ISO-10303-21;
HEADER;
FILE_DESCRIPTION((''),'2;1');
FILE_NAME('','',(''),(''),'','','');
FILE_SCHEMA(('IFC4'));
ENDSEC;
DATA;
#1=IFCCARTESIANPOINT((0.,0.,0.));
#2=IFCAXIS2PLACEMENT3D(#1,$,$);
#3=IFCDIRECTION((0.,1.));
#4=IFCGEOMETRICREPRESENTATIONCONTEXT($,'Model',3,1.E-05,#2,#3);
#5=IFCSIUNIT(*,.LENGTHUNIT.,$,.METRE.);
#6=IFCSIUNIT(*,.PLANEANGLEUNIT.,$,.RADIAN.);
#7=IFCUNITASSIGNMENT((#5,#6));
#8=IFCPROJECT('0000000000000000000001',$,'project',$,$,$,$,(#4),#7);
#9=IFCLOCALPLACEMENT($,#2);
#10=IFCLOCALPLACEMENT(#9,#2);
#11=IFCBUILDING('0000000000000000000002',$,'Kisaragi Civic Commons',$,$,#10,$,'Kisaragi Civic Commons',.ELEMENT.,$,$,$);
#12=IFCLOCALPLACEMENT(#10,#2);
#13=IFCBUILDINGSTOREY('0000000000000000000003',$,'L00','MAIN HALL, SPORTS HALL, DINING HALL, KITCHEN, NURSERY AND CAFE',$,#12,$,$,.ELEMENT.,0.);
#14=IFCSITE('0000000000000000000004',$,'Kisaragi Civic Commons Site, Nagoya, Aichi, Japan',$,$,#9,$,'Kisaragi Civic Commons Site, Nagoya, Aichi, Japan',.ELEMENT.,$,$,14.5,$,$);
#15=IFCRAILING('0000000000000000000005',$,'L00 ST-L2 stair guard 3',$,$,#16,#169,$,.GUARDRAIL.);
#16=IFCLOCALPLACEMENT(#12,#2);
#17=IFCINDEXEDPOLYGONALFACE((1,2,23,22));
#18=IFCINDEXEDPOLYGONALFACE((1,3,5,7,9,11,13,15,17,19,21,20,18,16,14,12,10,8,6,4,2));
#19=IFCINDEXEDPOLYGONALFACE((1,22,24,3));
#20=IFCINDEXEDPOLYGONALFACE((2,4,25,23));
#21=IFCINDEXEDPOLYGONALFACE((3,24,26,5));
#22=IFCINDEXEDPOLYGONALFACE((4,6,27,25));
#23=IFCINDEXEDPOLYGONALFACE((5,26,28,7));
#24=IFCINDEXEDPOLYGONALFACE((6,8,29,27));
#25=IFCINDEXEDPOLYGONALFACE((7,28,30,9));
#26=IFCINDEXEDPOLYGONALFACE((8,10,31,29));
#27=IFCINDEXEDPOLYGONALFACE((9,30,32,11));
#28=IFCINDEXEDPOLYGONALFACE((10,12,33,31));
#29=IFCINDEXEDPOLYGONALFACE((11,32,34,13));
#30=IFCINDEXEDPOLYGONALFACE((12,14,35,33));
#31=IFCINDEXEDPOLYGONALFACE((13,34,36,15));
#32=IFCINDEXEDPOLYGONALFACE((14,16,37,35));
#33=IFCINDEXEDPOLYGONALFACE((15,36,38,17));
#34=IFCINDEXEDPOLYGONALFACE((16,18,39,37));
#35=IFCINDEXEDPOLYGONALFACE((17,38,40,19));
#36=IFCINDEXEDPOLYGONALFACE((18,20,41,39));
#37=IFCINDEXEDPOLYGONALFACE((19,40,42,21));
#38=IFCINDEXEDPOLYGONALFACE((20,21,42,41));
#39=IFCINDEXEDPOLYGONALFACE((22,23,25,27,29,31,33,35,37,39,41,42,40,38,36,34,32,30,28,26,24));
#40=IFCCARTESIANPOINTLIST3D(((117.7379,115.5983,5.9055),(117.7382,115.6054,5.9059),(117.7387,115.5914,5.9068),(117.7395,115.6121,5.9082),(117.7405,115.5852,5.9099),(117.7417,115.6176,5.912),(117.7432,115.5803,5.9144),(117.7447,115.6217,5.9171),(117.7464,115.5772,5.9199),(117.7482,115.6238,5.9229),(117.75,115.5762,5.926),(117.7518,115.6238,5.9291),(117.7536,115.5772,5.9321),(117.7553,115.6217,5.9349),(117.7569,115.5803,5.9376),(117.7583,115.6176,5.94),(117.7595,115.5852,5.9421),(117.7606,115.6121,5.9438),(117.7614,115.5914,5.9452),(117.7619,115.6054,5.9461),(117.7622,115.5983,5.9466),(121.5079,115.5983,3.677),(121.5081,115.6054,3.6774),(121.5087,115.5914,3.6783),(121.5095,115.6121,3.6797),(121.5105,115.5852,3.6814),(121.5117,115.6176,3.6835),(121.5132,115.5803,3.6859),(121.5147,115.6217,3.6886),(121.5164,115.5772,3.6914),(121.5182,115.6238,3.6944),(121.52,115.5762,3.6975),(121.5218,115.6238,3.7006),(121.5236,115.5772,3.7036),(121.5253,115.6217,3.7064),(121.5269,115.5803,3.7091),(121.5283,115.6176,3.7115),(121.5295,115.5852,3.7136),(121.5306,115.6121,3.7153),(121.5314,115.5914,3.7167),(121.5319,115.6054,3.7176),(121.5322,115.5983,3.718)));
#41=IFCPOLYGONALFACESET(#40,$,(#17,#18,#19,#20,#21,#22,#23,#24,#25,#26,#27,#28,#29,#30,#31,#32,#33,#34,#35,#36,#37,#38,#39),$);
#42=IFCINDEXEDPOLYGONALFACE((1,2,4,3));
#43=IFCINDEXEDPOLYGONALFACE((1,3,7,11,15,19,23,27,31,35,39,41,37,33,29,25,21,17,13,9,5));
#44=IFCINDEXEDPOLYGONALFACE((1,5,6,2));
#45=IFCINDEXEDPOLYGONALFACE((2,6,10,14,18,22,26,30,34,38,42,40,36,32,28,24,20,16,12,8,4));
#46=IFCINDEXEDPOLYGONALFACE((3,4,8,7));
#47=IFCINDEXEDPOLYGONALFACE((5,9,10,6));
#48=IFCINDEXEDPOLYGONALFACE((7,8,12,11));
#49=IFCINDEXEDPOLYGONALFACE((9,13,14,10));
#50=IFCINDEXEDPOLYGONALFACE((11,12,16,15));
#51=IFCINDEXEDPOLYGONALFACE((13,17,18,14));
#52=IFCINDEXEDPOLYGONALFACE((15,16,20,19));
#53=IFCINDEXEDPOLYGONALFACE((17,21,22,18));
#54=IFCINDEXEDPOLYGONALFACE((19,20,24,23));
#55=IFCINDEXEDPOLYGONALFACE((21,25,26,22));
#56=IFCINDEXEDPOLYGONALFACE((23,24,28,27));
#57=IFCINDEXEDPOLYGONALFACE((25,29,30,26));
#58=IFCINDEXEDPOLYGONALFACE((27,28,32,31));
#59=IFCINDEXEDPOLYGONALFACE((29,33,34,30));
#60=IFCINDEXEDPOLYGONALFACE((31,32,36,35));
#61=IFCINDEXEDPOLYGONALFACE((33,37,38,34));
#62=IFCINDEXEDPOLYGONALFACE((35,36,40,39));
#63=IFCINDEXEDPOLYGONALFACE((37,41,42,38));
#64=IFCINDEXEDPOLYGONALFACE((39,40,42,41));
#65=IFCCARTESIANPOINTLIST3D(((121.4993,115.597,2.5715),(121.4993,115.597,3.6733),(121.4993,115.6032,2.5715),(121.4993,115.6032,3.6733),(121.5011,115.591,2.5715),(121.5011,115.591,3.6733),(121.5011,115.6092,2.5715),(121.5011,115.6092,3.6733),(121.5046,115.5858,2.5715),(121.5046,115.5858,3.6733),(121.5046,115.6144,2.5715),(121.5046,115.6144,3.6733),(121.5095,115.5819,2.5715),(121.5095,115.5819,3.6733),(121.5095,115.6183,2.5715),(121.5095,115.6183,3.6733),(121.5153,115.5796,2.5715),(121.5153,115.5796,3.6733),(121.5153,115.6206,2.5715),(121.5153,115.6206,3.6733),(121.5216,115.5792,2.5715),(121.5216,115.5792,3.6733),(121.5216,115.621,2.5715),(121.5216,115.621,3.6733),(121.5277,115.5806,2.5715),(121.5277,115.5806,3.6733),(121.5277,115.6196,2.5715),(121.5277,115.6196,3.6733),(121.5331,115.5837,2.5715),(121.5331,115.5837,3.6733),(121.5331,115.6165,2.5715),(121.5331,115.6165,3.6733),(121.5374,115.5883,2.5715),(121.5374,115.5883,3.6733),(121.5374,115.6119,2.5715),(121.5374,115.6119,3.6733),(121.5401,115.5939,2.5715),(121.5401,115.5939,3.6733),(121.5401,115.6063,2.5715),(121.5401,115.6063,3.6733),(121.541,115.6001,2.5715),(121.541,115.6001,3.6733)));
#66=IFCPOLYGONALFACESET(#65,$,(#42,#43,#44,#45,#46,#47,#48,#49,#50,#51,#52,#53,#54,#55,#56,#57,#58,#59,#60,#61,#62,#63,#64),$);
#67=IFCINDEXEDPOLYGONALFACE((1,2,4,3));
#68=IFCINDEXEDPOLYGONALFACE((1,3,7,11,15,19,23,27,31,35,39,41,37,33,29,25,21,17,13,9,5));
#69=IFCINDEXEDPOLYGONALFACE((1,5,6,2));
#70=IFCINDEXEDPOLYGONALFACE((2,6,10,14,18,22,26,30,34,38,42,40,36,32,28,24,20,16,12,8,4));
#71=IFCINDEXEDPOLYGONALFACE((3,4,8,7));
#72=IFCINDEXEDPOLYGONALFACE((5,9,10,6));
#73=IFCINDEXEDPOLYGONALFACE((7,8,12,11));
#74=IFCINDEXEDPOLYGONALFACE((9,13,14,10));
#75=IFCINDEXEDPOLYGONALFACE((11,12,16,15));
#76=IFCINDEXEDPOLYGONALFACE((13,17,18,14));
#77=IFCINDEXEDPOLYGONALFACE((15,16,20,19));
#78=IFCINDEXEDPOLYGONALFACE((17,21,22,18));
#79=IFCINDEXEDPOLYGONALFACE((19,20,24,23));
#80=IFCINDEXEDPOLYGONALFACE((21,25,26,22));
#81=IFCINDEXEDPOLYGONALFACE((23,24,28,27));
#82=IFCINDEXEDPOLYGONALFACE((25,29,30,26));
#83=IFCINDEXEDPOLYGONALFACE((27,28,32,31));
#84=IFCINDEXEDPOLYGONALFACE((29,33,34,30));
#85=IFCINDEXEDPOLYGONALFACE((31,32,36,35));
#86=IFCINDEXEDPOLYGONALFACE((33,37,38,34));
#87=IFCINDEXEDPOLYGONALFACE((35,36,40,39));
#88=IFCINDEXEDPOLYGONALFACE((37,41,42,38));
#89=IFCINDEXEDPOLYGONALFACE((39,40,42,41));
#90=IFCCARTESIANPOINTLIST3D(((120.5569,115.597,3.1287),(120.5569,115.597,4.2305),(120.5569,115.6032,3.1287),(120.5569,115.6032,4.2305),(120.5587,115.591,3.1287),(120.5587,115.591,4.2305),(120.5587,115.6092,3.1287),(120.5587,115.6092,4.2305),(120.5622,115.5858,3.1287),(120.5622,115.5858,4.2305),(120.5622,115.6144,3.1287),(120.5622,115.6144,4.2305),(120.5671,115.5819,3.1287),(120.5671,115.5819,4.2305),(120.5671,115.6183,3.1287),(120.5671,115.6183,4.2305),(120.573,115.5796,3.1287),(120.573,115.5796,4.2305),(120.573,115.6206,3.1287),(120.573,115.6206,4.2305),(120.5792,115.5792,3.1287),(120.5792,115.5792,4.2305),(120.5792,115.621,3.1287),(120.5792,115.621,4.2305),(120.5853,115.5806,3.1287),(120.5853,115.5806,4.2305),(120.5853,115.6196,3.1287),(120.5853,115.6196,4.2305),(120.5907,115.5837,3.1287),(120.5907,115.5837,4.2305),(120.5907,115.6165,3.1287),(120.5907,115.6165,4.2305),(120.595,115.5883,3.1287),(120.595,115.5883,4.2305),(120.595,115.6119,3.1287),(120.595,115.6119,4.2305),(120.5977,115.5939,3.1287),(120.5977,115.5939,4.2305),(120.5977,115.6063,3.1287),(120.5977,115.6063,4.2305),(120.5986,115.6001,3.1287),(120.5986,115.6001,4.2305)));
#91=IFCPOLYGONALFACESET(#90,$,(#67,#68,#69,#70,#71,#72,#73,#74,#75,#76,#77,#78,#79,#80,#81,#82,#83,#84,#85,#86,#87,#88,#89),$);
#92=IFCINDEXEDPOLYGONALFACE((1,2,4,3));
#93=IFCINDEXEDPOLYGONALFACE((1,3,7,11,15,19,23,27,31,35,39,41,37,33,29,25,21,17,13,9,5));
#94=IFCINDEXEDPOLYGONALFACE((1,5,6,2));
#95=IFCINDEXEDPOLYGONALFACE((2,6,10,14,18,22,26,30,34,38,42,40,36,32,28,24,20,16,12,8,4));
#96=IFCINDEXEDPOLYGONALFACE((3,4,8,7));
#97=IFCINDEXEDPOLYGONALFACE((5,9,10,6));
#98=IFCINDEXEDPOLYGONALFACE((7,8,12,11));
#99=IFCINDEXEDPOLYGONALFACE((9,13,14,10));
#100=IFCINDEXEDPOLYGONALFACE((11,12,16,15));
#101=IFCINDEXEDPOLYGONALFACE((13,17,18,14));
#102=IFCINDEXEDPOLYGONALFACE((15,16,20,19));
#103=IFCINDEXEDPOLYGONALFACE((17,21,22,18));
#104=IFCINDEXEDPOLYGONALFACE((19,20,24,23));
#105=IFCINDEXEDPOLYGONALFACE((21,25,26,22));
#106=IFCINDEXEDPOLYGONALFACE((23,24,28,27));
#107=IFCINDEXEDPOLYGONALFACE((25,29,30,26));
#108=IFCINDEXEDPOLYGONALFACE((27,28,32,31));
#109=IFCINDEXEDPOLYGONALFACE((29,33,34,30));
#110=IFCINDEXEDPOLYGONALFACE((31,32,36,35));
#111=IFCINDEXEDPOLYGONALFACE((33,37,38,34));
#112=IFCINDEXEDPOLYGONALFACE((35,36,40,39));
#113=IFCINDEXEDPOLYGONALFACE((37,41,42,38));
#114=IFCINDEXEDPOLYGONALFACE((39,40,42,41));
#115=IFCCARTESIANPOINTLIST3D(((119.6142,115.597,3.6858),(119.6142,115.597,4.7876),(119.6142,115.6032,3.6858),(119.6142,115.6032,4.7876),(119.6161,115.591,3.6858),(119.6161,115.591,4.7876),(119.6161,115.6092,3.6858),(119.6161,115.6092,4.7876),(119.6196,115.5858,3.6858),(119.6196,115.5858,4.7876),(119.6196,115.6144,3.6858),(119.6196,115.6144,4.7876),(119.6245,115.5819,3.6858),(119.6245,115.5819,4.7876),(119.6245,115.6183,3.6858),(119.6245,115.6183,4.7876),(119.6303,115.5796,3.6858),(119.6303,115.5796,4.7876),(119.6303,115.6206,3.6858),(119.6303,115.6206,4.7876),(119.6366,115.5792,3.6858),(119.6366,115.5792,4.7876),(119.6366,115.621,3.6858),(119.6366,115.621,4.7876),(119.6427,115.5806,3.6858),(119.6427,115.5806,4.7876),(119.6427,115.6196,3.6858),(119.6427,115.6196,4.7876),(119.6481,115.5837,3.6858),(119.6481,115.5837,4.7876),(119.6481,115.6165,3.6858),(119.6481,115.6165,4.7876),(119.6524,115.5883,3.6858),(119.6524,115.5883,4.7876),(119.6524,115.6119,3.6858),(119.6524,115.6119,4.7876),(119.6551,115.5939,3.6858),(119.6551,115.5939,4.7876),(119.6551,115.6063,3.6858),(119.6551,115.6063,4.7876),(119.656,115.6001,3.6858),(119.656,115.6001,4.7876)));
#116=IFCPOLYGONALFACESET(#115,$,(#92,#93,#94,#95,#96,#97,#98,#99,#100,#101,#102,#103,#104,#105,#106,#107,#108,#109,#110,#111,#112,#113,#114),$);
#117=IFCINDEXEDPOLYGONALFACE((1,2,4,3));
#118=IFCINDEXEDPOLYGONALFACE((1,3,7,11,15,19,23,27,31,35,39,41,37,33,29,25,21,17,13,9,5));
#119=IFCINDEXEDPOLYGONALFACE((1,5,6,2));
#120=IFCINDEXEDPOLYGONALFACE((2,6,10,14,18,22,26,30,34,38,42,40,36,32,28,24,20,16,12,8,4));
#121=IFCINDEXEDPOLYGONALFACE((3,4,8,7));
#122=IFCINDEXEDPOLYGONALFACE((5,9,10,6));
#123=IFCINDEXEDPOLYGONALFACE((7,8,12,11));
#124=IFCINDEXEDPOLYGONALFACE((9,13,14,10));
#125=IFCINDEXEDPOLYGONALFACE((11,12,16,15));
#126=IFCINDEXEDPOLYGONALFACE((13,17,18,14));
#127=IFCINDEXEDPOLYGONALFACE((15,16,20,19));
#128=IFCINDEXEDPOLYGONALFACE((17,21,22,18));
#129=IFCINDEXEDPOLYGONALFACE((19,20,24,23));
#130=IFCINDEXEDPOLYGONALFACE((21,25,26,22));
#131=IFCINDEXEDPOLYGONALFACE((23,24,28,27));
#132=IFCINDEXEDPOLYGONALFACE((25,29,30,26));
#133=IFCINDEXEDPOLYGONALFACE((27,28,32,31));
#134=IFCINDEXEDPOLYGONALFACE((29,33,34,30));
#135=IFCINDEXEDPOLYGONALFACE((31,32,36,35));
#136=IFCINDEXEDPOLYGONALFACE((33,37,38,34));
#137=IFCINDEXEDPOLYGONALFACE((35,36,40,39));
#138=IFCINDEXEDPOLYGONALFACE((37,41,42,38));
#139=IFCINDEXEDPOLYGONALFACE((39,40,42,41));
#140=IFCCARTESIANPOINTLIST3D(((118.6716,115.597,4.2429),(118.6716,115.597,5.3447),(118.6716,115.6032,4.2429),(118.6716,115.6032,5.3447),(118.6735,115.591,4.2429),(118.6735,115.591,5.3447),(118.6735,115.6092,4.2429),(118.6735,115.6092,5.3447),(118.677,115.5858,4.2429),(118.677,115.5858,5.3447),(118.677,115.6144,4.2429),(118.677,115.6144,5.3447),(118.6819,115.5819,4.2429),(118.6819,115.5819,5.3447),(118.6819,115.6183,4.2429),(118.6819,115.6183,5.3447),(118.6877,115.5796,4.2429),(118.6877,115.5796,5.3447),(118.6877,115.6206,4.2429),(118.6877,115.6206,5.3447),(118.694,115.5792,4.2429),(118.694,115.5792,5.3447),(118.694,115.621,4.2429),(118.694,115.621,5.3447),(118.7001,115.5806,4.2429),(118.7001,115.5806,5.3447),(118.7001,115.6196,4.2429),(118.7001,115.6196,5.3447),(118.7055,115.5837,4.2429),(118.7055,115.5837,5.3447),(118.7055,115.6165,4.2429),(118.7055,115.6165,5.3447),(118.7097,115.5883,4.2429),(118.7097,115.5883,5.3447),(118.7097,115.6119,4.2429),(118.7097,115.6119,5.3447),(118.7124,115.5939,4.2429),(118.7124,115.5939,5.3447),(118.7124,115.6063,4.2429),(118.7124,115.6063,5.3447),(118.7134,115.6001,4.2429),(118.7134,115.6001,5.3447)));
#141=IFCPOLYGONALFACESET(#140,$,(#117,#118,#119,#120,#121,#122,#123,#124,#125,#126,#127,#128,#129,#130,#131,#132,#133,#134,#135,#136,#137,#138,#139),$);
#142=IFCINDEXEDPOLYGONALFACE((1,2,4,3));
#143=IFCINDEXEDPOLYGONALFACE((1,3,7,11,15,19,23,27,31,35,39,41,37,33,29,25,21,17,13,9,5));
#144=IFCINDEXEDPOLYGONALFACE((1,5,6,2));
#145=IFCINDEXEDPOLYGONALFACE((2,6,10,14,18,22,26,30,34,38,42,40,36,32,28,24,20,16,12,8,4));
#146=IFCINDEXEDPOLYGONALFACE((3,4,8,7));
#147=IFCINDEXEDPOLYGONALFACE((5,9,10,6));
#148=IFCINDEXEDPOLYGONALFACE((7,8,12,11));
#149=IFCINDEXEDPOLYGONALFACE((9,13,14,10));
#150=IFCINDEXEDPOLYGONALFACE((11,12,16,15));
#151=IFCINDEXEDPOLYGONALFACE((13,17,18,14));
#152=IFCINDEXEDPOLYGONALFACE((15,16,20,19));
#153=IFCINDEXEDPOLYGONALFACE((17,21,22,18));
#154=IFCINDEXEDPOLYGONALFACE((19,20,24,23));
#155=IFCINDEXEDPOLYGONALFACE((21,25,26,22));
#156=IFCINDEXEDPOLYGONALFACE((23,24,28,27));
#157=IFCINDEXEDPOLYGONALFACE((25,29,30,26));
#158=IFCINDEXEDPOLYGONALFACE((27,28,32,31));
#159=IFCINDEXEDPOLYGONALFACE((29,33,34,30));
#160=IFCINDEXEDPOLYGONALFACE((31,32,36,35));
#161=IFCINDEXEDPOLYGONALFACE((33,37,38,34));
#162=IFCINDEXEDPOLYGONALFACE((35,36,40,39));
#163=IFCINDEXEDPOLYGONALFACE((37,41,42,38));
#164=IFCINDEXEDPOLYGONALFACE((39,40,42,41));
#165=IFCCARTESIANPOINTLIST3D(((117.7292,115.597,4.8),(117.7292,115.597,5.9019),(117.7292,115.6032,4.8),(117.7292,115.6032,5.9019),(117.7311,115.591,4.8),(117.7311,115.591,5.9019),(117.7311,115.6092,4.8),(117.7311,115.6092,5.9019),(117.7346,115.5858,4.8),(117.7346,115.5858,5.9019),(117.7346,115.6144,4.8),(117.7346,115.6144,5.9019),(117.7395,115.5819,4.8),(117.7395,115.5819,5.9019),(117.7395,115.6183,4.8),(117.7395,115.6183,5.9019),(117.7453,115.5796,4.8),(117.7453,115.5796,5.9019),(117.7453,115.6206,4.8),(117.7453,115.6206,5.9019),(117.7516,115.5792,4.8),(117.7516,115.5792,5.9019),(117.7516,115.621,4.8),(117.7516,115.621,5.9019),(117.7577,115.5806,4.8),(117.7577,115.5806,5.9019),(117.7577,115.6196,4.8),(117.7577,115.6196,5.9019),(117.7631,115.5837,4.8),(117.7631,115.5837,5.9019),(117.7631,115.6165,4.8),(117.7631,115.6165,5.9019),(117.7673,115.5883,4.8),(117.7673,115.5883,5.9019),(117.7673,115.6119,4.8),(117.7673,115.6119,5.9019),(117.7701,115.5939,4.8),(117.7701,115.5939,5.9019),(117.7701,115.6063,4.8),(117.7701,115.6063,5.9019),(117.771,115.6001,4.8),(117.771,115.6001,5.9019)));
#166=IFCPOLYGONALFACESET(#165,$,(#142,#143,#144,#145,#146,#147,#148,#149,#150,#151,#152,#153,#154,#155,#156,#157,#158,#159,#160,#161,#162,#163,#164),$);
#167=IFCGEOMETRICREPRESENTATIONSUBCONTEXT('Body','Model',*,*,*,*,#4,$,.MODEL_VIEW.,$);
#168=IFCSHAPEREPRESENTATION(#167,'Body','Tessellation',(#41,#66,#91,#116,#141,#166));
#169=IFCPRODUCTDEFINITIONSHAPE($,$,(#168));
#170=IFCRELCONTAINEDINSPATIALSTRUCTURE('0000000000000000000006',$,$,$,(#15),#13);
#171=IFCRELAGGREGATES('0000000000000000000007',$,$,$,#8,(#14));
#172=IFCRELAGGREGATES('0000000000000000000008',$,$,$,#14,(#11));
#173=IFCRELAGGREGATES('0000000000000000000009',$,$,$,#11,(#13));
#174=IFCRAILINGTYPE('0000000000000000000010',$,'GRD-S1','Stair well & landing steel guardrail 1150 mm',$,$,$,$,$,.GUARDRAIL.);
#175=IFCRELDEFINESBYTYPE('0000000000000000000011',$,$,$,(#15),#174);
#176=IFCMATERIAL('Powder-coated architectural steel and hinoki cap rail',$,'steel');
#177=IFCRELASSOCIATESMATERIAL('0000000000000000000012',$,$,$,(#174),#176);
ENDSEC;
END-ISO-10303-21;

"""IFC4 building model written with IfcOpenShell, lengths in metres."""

from ifc_helpers import new_model, si_unit, direction, frame, origin, origin_2d, place, context, subcontext, project, spatial, circle, extrude, material, type_object, element, save


model = new_model("IFC4")

# Units and contexts
model_context = context("Model", 3, precision=1e-05, world=origin(), true_north=direction((0.0, 1.0)))
body_context = subcontext(model_context, "Body", "Model", "MODEL_VIEW")
ifc_project = project(units=[si_unit("LENGTHUNIT", "METRE"), si_unit("PLANEANGLEUNIT", "RADIAN")], contexts=[model_context])

# Site, building, storey
site_placement = place(None, origin())
site = spatial("IfcSite", under=ifc_project, at=site_placement, Name="Kisaragi Civic Commons Site, Nagoya, Aichi, Japan", LongName="Kisaragi Civic Commons Site, Nagoya, Aichi, Japan", CompositionType="ELEMENT", RefElevation=14.5)
building_placement = place(site_placement, origin())
building = spatial("IfcBuilding", under=site, at=building_placement, Name="Kisaragi Civic Commons", LongName="Kisaragi Civic Commons", CompositionType="ELEMENT")
storey_placement = place(building_placement, origin())
storey = spatial("IfcBuildingStorey", under=building, at=storey_placement, Name="L00", Description="MAIN HALL, SPORTS HALL, DINING HALL, KITCHEN, NURSERY AND CAFE", CompositionType="ELEMENT", Elevation=0.0)

# Railing
ifc_material_1 = material(Name="Powder-coated architectural steel and hinoki cap rail", Category="steel")
railing_type_1 = type_object("IfcRailingType", Name="GRD-S1", Description="Stair well & landing steel guardrail 1150 mm", PredefinedType="GUARDRAIL", material=ifc_material_1)
railing_1_placement = place(storey_placement, frame((121.52, 115.6001, 2.5715)))
element("IfcRailing", 1, at=railing_1_placement, inside=storey, type_object=railing_type_1, Name="L00 ST-L2 stair guard 3", PredefinedType="GUARDRAIL", context=body_context, shape_type="SweptSolid", body=[
    extrude(circle(Radius=0.0239, at=origin_2d()), frame((0.0, 0.0, 1.126), z_axis=(-0.860849, 0.0, 0.508861), x_axis=(0.0, -1.0, 0.0)), (0.0, 0.0, 1.0), 4.3794),
    extrude(circle(Radius=0.021, at=origin_2d()), origin(), (0.0, 0.0, 1.0), 1.1018),
    extrude(circle(Radius=0.021, at=origin_2d()), frame((-0.9424, 0.0, 0.5571)), (0.0, 0.0, 1.0), 1.1018),
    extrude(circle(Radius=0.021, at=origin_2d()), frame((-1.885, 0.0, 1.1143)), (0.0, 0.0, 1.0), 1.1018),
    extrude(circle(Radius=0.021, at=origin_2d()), frame((-2.8276, 0.0, 1.6714)), (0.0, 0.0, 1.0), 1.1018),
    extrude(circle(Radius=0.021, at=origin_2d()), frame((-3.77, 0.0, 2.2285)), (0.0, 0.0, 1.0), 1.1018),
])

save(model, "model.ifc")
